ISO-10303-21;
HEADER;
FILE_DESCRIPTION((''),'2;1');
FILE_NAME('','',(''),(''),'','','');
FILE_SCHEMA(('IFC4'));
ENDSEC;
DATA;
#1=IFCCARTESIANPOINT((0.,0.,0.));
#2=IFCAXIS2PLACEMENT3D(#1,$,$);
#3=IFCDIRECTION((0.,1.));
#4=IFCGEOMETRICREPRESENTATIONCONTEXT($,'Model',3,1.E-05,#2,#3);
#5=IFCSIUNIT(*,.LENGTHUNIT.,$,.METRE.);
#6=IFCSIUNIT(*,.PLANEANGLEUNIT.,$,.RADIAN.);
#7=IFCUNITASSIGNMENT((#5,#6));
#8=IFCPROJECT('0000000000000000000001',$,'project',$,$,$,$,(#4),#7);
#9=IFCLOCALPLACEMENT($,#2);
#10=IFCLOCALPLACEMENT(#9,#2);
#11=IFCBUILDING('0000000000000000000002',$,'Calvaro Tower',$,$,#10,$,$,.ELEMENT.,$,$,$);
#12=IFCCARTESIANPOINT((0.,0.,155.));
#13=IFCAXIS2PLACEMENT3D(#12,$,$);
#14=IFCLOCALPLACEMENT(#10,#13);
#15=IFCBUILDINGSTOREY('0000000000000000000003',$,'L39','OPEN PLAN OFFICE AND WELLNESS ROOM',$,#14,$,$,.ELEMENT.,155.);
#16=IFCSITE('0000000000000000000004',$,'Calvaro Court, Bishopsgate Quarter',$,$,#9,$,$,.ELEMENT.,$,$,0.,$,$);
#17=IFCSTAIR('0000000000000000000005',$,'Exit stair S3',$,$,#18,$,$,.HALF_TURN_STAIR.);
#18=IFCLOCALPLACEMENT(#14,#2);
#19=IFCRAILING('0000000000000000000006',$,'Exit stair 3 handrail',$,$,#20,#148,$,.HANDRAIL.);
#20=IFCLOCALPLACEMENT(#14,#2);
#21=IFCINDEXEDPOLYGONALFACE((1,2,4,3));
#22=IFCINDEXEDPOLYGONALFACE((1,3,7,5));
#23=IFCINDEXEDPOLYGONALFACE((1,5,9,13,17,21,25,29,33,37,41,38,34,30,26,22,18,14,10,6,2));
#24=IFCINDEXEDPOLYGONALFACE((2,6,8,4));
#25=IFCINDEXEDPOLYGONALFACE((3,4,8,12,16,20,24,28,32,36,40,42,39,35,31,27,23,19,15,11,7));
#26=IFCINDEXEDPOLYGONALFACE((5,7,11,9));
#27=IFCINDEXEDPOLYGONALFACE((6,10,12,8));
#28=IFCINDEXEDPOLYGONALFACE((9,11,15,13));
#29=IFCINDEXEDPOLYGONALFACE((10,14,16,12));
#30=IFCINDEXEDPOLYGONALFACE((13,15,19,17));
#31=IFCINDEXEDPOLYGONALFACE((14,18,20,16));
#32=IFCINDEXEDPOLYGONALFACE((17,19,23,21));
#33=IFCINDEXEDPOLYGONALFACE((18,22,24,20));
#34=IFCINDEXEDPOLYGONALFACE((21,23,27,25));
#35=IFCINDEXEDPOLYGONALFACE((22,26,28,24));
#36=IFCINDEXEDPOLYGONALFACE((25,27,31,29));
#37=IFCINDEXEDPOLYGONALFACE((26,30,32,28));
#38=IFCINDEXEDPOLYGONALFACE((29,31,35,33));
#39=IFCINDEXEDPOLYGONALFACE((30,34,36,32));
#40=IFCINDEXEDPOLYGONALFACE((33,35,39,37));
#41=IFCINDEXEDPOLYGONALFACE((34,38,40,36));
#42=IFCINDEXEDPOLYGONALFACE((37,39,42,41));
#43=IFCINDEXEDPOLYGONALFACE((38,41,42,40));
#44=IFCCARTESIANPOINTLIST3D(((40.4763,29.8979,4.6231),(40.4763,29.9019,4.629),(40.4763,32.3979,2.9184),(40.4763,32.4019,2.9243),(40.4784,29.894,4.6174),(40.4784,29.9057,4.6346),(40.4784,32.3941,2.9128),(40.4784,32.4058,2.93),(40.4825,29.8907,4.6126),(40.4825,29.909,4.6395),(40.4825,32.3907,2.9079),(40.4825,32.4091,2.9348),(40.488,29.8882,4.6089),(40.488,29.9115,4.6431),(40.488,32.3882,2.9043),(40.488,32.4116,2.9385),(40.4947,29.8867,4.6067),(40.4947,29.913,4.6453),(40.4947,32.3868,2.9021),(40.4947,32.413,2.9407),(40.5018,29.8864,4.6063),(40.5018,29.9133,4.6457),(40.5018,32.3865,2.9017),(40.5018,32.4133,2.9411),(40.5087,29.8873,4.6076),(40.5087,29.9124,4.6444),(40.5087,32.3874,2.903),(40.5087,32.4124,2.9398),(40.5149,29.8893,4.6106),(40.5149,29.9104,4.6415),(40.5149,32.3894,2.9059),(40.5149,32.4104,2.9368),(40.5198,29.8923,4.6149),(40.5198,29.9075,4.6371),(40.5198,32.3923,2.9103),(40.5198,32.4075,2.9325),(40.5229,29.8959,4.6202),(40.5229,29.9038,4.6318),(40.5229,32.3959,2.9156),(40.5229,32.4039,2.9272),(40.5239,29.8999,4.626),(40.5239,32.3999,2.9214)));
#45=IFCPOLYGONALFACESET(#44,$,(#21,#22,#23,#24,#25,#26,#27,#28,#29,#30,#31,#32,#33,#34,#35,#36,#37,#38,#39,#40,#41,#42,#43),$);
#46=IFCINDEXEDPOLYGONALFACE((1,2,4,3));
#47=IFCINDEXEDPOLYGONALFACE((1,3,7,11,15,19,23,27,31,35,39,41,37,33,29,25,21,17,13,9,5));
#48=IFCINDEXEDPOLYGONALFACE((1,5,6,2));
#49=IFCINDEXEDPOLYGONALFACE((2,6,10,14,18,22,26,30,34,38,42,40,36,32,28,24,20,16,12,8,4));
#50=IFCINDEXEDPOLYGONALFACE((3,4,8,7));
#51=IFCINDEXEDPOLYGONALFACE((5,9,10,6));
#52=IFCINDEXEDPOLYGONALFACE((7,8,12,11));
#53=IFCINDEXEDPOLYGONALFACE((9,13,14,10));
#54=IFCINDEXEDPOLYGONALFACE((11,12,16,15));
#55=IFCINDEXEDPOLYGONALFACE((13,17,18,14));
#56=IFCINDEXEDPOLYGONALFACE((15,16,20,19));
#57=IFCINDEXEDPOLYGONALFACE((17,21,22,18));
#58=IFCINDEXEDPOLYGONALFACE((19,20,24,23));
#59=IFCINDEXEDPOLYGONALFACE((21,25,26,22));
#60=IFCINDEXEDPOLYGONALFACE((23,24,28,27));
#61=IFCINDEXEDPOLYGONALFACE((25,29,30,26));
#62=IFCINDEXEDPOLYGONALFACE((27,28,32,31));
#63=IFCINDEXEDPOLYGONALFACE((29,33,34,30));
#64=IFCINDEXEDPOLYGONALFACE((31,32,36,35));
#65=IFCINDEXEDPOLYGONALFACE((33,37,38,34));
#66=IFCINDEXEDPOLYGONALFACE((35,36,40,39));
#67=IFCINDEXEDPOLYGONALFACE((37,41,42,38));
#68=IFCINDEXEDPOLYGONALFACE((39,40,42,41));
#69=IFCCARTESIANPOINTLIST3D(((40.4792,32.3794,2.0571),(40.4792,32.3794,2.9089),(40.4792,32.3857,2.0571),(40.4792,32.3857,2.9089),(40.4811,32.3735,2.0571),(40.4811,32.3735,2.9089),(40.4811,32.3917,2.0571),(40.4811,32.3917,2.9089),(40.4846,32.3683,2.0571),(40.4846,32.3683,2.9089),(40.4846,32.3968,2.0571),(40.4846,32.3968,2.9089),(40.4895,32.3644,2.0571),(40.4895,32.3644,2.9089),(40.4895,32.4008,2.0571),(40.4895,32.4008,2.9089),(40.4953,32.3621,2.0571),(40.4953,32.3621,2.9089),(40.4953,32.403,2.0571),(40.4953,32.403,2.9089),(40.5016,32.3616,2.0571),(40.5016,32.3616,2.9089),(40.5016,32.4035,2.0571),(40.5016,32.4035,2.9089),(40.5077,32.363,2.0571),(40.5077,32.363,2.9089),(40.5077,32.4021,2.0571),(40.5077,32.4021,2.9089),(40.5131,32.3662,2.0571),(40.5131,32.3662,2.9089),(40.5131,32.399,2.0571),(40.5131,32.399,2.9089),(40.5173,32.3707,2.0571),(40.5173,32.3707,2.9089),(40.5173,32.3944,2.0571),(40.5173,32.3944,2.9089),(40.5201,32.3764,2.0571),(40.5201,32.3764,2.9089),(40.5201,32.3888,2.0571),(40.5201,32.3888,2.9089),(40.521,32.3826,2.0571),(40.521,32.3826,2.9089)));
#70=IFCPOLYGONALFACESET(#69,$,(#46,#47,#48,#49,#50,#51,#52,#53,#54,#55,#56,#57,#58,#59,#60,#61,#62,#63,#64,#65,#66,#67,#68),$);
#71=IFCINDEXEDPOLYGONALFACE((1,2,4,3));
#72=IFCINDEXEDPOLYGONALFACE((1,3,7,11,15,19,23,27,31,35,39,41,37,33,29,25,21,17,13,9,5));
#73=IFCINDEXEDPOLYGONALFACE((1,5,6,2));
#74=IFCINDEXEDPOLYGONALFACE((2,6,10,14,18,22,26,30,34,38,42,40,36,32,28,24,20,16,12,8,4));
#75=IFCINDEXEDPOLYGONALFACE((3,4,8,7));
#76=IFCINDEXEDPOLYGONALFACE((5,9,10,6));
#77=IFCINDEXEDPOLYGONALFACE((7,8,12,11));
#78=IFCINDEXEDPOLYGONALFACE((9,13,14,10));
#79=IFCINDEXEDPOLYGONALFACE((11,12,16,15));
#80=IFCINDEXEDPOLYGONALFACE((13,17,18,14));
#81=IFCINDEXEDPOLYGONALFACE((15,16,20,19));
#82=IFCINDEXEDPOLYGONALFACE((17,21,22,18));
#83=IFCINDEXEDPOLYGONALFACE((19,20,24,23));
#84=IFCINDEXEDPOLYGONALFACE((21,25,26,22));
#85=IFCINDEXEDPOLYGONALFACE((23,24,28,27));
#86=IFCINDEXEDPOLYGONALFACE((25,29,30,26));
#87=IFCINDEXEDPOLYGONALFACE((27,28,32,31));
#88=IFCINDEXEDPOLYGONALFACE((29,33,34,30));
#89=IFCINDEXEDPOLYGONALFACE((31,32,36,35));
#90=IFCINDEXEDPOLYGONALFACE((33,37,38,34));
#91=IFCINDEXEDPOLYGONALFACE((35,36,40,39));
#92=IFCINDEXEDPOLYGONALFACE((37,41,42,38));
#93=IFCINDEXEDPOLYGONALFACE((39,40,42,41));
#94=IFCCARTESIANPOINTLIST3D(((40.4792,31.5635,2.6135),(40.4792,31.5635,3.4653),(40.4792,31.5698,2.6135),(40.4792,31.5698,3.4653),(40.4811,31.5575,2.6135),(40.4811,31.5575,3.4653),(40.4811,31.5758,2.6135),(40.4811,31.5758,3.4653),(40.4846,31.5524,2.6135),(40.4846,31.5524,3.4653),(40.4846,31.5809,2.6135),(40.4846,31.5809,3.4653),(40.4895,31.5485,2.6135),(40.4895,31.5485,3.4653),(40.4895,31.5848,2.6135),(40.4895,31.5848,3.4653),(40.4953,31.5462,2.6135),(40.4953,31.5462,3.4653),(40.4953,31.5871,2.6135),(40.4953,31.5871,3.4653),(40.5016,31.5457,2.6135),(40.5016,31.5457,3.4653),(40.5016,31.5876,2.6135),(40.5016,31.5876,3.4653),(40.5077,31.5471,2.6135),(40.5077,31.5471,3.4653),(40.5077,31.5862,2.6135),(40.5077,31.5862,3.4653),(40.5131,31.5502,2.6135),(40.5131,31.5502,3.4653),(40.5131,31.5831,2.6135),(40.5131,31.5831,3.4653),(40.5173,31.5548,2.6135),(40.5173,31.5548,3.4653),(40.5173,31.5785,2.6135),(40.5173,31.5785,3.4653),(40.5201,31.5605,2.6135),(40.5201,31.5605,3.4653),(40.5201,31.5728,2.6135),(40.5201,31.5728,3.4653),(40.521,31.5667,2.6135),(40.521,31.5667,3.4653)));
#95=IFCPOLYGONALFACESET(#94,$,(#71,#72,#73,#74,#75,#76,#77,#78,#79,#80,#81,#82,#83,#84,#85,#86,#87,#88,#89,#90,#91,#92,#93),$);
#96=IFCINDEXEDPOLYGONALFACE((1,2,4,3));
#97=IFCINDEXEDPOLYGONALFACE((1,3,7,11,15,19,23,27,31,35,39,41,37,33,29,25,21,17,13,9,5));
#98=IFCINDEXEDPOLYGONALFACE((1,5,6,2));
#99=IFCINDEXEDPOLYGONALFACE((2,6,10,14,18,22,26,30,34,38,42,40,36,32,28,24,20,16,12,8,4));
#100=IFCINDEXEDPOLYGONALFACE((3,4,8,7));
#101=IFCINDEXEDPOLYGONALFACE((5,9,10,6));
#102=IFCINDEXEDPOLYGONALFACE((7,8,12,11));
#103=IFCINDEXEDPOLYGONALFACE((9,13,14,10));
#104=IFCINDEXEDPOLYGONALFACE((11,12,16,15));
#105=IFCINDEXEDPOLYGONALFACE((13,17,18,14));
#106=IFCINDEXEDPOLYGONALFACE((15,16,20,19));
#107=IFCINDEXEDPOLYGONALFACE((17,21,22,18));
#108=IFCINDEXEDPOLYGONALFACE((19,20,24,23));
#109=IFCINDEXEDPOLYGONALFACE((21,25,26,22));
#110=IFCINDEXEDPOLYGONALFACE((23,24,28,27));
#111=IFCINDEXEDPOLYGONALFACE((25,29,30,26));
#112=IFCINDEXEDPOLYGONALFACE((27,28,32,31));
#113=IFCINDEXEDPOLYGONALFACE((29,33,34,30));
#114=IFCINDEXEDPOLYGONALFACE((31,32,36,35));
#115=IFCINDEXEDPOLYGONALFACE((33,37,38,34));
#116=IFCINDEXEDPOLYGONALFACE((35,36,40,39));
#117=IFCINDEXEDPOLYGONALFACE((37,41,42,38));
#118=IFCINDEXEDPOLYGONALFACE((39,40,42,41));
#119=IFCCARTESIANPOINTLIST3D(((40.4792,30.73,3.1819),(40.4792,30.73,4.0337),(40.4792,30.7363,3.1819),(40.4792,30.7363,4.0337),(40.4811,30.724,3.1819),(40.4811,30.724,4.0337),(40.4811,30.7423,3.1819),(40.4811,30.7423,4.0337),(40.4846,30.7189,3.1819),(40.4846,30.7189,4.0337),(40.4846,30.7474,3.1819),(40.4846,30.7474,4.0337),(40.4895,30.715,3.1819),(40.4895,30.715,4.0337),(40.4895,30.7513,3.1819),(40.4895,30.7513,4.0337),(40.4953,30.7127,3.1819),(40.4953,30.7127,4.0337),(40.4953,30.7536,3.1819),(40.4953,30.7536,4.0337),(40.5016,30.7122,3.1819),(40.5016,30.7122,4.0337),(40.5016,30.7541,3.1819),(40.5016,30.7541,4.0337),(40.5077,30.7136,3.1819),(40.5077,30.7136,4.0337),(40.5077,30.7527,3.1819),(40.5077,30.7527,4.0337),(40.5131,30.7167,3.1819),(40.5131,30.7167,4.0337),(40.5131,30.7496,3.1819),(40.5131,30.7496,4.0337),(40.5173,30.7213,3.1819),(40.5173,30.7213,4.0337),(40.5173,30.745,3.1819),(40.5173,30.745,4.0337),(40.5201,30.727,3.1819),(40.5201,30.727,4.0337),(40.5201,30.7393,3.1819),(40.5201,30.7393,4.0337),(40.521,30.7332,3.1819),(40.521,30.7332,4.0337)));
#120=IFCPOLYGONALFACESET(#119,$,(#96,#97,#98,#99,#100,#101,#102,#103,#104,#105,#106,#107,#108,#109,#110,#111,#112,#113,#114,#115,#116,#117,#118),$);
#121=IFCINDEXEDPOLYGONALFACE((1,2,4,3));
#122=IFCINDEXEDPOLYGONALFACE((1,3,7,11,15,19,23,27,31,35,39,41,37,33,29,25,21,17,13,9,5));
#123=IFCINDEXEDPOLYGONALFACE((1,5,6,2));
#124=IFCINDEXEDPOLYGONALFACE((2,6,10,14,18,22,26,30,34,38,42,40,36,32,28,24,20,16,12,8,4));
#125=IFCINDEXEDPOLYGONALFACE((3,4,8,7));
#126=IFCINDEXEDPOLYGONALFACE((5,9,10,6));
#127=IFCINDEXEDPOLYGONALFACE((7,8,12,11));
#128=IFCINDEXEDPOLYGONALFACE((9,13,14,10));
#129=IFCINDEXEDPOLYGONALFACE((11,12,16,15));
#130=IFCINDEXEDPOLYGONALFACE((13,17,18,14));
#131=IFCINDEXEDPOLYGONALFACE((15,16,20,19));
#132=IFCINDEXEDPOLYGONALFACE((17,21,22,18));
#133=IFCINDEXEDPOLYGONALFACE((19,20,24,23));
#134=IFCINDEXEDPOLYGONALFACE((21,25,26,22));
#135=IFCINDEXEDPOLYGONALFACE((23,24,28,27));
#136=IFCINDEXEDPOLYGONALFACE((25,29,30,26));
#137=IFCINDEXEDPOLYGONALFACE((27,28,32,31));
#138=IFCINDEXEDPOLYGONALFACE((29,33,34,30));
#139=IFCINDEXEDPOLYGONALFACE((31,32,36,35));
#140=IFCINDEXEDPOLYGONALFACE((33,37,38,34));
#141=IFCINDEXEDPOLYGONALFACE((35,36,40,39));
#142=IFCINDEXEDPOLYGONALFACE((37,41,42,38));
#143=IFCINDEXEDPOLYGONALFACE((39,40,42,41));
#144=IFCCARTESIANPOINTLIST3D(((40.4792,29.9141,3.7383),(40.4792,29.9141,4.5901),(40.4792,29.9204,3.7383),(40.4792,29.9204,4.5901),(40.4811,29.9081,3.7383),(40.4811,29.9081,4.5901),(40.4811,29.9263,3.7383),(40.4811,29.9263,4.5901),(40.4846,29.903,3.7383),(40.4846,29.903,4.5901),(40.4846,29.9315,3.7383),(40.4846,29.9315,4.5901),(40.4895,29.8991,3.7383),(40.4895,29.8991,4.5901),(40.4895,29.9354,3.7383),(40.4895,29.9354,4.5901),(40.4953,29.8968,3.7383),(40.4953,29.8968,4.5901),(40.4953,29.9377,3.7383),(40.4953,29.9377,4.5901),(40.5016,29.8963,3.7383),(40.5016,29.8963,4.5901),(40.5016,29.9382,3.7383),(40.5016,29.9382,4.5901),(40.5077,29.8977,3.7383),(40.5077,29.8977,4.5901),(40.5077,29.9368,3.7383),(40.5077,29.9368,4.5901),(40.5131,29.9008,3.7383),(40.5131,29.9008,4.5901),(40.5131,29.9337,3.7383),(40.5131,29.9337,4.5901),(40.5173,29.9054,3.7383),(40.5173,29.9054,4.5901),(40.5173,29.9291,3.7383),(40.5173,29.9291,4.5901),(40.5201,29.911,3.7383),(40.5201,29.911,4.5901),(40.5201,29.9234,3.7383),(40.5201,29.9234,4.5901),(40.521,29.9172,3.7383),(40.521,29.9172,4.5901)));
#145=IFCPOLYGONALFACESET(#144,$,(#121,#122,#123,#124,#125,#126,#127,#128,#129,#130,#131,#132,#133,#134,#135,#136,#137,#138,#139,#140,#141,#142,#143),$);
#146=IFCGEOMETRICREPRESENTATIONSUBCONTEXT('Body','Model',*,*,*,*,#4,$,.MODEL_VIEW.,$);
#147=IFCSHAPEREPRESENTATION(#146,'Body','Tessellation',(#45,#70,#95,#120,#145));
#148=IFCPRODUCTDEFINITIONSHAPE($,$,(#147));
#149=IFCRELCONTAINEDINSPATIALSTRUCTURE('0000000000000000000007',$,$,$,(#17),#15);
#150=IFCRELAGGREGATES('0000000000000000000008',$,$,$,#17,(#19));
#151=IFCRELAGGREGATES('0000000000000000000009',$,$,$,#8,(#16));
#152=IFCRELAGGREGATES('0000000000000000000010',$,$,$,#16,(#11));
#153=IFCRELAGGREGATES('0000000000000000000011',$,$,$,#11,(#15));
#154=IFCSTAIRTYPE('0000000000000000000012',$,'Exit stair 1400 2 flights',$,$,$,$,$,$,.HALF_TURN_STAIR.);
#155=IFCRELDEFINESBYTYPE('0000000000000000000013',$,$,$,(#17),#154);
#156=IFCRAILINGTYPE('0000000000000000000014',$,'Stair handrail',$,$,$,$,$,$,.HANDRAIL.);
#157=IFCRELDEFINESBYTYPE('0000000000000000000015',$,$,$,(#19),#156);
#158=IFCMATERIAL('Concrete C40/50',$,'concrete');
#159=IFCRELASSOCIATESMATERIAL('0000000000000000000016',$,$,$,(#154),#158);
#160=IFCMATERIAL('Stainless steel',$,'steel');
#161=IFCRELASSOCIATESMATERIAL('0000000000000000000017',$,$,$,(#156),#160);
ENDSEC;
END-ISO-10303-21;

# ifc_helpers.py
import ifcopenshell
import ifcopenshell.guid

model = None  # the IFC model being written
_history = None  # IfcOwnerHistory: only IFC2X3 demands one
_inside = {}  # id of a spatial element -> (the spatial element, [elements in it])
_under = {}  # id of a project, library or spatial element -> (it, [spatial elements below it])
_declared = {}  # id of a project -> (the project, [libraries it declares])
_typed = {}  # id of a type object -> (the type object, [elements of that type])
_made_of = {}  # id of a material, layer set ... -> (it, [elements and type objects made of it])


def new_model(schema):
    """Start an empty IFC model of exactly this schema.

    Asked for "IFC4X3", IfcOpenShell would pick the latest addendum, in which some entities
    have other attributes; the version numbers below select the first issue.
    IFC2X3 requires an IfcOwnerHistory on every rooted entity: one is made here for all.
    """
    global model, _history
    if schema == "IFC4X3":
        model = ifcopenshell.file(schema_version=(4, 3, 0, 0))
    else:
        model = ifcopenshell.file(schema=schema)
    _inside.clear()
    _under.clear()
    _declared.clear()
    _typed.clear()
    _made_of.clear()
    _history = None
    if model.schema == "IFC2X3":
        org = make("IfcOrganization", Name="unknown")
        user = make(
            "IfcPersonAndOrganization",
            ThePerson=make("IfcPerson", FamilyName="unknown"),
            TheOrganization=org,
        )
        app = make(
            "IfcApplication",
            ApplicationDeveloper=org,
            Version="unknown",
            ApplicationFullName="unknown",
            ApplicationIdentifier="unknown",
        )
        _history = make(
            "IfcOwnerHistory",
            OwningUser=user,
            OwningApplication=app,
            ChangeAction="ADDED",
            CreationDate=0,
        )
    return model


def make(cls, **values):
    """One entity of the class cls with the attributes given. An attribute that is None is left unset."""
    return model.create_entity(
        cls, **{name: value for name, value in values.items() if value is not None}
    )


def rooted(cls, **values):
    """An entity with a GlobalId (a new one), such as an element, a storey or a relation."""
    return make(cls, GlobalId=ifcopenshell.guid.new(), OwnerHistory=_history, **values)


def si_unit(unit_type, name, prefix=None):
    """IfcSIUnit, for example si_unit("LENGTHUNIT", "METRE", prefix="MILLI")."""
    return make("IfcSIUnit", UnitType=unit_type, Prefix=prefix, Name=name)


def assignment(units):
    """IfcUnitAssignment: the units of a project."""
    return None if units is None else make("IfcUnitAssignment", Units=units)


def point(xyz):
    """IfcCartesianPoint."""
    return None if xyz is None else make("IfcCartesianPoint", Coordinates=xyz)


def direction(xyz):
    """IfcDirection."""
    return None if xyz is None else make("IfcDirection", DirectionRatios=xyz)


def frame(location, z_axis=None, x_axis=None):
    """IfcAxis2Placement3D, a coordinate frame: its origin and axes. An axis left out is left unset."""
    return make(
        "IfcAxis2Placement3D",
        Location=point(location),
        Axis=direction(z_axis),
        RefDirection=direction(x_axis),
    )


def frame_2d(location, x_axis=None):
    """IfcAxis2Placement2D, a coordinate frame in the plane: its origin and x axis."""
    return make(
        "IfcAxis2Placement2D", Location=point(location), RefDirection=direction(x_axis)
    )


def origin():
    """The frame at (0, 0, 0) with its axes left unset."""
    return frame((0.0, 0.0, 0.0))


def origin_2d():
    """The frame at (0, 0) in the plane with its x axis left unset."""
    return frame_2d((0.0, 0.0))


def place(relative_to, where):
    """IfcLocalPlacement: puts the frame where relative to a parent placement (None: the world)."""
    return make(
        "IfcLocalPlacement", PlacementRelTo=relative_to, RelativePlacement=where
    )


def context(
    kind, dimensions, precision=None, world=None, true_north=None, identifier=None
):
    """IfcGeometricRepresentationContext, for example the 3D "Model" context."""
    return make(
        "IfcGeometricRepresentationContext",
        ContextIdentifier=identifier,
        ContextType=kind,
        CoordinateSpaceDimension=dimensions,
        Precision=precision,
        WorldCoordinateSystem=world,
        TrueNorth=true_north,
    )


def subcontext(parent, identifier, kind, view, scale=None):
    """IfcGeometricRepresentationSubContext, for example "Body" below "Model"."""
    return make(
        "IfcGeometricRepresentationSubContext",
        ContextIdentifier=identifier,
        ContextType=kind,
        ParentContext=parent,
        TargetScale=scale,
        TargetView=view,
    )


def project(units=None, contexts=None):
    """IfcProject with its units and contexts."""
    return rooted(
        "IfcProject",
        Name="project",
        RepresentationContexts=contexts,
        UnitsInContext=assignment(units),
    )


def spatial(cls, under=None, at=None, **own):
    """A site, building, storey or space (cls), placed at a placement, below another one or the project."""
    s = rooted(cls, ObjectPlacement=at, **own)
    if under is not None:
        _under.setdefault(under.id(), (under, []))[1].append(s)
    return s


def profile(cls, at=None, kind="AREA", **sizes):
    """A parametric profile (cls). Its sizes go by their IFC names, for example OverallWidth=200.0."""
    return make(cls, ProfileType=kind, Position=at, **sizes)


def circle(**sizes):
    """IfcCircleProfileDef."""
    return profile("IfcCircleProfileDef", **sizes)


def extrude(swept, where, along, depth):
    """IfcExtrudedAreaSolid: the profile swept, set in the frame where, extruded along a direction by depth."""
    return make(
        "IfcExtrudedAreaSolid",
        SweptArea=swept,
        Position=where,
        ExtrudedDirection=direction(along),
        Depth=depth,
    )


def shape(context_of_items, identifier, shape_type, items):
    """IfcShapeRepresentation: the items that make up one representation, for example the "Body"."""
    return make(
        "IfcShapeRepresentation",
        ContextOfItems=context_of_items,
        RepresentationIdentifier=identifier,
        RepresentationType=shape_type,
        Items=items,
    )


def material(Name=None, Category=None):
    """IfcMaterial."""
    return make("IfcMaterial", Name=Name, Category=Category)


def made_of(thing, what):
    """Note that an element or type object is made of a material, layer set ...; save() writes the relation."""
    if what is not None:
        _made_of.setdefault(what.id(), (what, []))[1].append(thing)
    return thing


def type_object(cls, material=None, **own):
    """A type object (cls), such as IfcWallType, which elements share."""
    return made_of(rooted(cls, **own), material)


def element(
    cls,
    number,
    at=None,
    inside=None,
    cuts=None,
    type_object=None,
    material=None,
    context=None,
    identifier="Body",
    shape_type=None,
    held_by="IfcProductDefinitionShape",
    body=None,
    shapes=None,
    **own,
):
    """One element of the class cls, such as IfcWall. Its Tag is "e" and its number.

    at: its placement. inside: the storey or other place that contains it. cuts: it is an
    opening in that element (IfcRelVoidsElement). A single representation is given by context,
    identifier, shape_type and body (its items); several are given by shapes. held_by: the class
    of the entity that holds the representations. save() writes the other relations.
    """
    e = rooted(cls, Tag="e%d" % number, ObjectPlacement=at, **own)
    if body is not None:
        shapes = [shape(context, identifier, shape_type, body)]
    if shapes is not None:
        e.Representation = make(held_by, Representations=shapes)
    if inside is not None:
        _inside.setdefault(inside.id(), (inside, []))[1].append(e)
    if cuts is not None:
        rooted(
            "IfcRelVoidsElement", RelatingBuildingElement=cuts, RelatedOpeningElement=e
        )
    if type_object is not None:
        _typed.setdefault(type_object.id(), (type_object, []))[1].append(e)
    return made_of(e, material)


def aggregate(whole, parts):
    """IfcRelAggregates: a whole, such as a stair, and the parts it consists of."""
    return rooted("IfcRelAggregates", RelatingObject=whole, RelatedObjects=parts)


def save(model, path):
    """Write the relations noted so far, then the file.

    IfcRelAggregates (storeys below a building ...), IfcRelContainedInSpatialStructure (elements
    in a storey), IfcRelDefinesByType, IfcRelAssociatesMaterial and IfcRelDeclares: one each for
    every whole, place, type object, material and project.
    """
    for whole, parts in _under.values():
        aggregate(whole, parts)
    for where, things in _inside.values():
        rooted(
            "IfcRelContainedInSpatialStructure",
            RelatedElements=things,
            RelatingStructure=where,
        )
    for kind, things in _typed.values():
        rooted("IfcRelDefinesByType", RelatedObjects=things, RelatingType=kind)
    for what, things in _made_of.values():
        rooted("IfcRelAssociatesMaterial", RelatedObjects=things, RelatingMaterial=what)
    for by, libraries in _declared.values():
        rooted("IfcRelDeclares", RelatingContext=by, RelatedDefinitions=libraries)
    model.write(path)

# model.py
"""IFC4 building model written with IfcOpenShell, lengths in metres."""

from ifc_helpers import new_model, si_unit, direction, frame, origin, origin_2d, place, context, subcontext, project, spatial, circle, extrude, material, type_object, element, aggregate, save


model = new_model("IFC4")

# Units and contexts
model_context = context("Model", 3, precision=1e-05, world=origin(), true_north=direction((0.0, 1.0)))
body_context = subcontext(model_context, "Body", "Model", "MODEL_VIEW")
ifc_project = project(units=[si_unit("LENGTHUNIT", "METRE"), si_unit("PLANEANGLEUNIT", "RADIAN")], contexts=[model_context])

# Site, building, storey
site_placement = place(None, origin())
site = spatial("IfcSite", under=ifc_project, at=site_placement, Name="Calvaro Court, Bishopsgate Quarter", CompositionType="ELEMENT", RefElevation=0.0)
building_placement = place(site_placement, origin())
building = spatial("IfcBuilding", under=site, at=building_placement, Name="Calvaro Tower", CompositionType="ELEMENT")
storey_placement = place(building_placement, frame((0.0, 0.0, 155.0)))
storey = spatial("IfcBuildingStorey", under=building, at=storey_placement, Name="L39", Description="OPEN PLAN OFFICE AND WELLNESS ROOM", CompositionType="ELEMENT", Elevation=155.0)

# Stair
ifc_material_1 = material(Name="Concrete C40/50", Category="concrete")
stair_type = type_object("IfcStairType", Name="Exit stair 1400 2 flights", PredefinedType="HALF_TURN_STAIR", material=ifc_material_1)
stair_1_placement = place(storey_placement, origin())
stair_1 = element("IfcStair", 1, at=stair_1_placement, inside=storey, type_object=stair_type, Name="Exit stair S3", PredefinedType="HALF_TURN_STAIR")

# Railing
ifc_material_2 = material(Name="Stainless steel", Category="steel")
railing_type = type_object("IfcRailingType", Name="Stair handrail", PredefinedType="HANDRAIL", material=ifc_material_2)
railing_1_placement = place(storey_placement, frame((40.5, 32.3999, 2.0454)))
railing_1 = element("IfcRailing", 2, at=railing_1_placement, type_object=railing_type, Name="Exit stair 3 handrail", PredefinedType="HANDRAIL", context=body_context, shape_type="SweptSolid", body=[
    extrude(circle(Radius=0.0239, at=origin_2d()), frame((0.0, 0.0, 0.876), z_axis=(0.0, -0.826221, 0.563347), x_axis=(1.0, 0.0, 0.0)), (0.0, 0.0, 1.0), 3.0259),
    extrude(circle(Radius=0.021, at=origin_2d()), frame((0.0, -0.0173, 0.0117)), (0.0, 0.0, 1.0), 0.8518),
    extrude(circle(Radius=0.021, at=origin_2d()), frame((0.0, -0.8333, 0.5681)), (0.0, 0.0, 1.0), 0.8518),
    extrude(circle(Radius=0.021, at=origin_2d()), frame((0.0, -1.6667, 1.1365)), (0.0, 0.0, 1.0), 0.8518),
    extrude(circle(Radius=0.021, at=origin_2d()), frame((0.0, -2.4827, 1.6929)), (0.0, 0.0, 1.0), 0.8518),
])
aggregate(stair_1, [railing_1])

save(model, "model.ifc")
